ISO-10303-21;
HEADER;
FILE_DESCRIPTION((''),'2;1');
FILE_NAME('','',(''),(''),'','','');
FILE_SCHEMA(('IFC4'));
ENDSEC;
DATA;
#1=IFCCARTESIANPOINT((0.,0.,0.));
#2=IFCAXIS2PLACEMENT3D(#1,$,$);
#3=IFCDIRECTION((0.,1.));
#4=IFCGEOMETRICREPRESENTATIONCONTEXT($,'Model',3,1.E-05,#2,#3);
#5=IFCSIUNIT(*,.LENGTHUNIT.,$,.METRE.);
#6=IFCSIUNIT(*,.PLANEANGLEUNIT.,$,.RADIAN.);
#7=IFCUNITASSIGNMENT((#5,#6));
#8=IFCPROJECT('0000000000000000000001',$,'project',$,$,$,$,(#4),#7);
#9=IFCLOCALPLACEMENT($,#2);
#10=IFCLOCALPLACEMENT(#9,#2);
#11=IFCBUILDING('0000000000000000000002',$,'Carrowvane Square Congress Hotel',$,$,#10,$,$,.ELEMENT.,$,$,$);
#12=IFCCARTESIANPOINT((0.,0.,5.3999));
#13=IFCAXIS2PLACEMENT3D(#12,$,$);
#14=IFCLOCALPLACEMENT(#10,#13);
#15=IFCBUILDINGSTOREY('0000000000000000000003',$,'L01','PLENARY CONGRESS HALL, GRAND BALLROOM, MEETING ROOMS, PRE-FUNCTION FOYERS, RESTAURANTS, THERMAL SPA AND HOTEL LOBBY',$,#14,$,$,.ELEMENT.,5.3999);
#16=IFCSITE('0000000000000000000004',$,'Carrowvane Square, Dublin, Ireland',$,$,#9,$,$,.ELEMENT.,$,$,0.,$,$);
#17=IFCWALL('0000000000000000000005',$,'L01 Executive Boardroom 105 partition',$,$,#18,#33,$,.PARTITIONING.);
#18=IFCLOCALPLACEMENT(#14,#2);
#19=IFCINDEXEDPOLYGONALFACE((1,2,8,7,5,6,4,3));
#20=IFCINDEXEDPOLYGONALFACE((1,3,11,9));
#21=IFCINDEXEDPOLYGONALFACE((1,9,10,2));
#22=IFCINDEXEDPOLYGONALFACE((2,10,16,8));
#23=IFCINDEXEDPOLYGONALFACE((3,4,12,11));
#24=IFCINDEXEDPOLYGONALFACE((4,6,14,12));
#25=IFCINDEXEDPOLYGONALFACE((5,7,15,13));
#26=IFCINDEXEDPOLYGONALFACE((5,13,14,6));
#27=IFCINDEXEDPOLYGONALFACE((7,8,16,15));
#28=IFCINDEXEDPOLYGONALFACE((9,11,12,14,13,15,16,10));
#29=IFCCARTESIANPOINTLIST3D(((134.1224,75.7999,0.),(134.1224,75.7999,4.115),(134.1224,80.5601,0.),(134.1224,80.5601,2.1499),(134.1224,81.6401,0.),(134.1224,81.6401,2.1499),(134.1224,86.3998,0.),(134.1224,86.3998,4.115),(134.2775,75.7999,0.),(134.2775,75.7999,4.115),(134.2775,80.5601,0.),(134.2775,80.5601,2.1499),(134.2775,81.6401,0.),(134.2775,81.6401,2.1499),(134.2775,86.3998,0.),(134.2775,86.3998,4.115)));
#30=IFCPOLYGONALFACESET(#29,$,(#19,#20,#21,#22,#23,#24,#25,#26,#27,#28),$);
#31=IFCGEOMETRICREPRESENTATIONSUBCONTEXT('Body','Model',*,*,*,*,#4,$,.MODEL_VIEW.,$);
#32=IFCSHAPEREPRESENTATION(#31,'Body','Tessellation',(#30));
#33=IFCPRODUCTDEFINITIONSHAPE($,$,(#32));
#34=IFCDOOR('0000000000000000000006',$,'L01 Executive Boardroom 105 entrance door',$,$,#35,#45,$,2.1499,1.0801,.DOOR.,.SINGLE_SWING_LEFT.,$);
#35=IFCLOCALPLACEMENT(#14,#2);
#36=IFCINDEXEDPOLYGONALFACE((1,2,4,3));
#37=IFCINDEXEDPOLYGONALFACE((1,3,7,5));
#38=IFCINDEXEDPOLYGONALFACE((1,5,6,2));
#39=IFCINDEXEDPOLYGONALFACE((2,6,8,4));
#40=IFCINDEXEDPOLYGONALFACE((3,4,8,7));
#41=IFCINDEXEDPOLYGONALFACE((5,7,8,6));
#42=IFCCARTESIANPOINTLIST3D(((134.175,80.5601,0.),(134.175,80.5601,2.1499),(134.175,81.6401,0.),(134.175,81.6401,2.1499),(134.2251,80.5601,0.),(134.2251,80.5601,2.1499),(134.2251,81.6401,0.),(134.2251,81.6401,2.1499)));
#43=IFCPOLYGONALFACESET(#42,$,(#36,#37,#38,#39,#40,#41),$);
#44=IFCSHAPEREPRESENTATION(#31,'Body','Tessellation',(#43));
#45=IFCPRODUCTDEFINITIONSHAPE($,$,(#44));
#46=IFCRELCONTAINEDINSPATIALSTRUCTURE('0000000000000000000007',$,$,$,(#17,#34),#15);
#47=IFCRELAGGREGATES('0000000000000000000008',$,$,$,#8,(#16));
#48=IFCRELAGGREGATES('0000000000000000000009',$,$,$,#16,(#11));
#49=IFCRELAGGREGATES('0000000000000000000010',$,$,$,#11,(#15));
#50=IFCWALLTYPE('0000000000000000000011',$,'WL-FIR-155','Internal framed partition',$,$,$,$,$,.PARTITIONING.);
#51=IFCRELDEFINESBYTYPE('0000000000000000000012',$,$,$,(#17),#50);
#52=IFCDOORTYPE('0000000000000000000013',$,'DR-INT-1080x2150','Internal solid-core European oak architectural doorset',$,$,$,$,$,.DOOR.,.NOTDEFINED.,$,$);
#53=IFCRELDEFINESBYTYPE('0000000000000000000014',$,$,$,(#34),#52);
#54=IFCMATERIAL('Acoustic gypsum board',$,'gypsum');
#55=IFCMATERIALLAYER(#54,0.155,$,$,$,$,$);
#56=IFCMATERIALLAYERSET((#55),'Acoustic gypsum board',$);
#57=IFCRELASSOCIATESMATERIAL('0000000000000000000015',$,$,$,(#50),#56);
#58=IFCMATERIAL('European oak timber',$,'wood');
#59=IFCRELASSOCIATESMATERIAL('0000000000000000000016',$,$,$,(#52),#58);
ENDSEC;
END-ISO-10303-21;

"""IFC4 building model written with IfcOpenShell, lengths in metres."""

from ifc_helpers import new_model, si_unit, direction, frame, frame_2d, origin, place, context, subcontext, project, spatial, rectangle, extrude, material, layer, layer_set, type_object, element, fill, save


model = new_model("IFC4")

# Units and contexts
model_context = context("Model", 3, precision=1e-05, world=origin(), true_north=direction((0.0, 1.0)))
body_context = subcontext(model_context, "Body", "Model", "MODEL_VIEW")
ifc_project = project(units=[si_unit("LENGTHUNIT", "METRE"), si_unit("PLANEANGLEUNIT", "RADIAN")], contexts=[model_context])

# Site, building, storey
site_placement = place(None, origin())
site = spatial("IfcSite", under=ifc_project, at=site_placement, Name="Carrowvane Square, Dublin, Ireland", CompositionType="ELEMENT", RefElevation=0.0)
building_placement = place(site_placement, origin())
building = spatial("IfcBuilding", under=site, at=building_placement, Name="Carrowvane Square Congress Hotel", CompositionType="ELEMENT")
storey_placement = place(building_placement, frame((0.0, 0.0, 5.3999)))
storey = spatial("IfcBuildingStorey", under=building, at=storey_placement, Name="L01", Description="PLENARY CONGRESS HALL, GRAND BALLROOM, MEETING ROOMS, PRE-FUNCTION FOYERS, RESTAURANTS, THERMAL SPA AND HOTEL LOBBY", CompositionType="ELEMENT", Elevation=5.3999)

# Shared definitions
ifc_material_1 = material(Name="Acoustic gypsum board", Category="gypsum")
ifc_layer_1 = layer(ifc_material_1, 0.155)
ifc_layer_set_1 = layer_set([ifc_layer_1], Name="Acoustic gypsum board")
wall_type_1 = type_object("IfcWallType", Name="WL-FIR-155", Description="Internal framed partition", PredefinedType="PARTITIONING", material=ifc_layer_set_1)

# Wall, opening, door
wall_1_placement = place(storey_placement, frame((134.2, 75.8, 0.0), z_axis=(0.0, 0.0, 1.0), x_axis=(0.0, 1.0, 0.0)))
wall_1 = element("IfcWall", 1, at=wall_1_placement, inside=storey, type_object=wall_type_1, Name="L01 Executive Boardroom 105 partition", PredefinedType="PARTITIONING", context=body_context, shape_type="SweptSolid", body=[
    extrude(rectangle(XDim=10.5999, YDim=0.155, at=frame_2d((5.2998, 0.0))), origin(), (0.0, 0.0, 1.0), 4.115),
])
opening_1_placement = place(wall_1_placement, frame((4.76, 0.0, 0.0)))
opening_1 = element("IfcOpeningElement", 2, at=opening_1_placement, cuts=wall_1, PredefinedType="OPENING", context=body_context, shape_type="SweptSolid", body=[
    extrude(rectangle(XDim=1.0801, YDim=2.1499, at=frame_2d((0.54, 1.075))), frame((0.0, 0.0874, 0.0), z_axis=(0.0, -1.0, 0.0), x_axis=(1.0, 0.0, 0.0)), (0.0, 0.0, 1.0), 0.175),
])
ifc_material_2 = material(Name="European oak timber", Category="wood")
door_type = type_object("IfcDoorType", Name="DR-INT-1080x2150", Description="Internal solid-core European oak architectural doorset", OperationType="NOTDEFINED", PredefinedType="DOOR", material=ifc_material_2)
door_placement = place(opening_1_placement, origin())
door = element("IfcDoor", 3, at=door_placement, inside=storey, type_object=door_type, Name="L01 Executive Boardroom 105 entrance door", OperationType="SINGLE_SWING_LEFT", OverallHeight=2.1499, OverallWidth=1.0801, PredefinedType="DOOR", context=body_context, shape_type="SweptSolid", body=[
    extrude(rectangle(XDim=1.0801, YDim=2.1499, at=frame_2d((0.54, 1.075))), frame((0.0, 0.0249, 0.0), z_axis=(0.0, -1.0, 0.0), x_axis=(1.0, 0.0, 0.0)), (0.0, 0.0, 1.0), 0.05),
])
fill(opening_1, door)

save(model, "model.ifc")
